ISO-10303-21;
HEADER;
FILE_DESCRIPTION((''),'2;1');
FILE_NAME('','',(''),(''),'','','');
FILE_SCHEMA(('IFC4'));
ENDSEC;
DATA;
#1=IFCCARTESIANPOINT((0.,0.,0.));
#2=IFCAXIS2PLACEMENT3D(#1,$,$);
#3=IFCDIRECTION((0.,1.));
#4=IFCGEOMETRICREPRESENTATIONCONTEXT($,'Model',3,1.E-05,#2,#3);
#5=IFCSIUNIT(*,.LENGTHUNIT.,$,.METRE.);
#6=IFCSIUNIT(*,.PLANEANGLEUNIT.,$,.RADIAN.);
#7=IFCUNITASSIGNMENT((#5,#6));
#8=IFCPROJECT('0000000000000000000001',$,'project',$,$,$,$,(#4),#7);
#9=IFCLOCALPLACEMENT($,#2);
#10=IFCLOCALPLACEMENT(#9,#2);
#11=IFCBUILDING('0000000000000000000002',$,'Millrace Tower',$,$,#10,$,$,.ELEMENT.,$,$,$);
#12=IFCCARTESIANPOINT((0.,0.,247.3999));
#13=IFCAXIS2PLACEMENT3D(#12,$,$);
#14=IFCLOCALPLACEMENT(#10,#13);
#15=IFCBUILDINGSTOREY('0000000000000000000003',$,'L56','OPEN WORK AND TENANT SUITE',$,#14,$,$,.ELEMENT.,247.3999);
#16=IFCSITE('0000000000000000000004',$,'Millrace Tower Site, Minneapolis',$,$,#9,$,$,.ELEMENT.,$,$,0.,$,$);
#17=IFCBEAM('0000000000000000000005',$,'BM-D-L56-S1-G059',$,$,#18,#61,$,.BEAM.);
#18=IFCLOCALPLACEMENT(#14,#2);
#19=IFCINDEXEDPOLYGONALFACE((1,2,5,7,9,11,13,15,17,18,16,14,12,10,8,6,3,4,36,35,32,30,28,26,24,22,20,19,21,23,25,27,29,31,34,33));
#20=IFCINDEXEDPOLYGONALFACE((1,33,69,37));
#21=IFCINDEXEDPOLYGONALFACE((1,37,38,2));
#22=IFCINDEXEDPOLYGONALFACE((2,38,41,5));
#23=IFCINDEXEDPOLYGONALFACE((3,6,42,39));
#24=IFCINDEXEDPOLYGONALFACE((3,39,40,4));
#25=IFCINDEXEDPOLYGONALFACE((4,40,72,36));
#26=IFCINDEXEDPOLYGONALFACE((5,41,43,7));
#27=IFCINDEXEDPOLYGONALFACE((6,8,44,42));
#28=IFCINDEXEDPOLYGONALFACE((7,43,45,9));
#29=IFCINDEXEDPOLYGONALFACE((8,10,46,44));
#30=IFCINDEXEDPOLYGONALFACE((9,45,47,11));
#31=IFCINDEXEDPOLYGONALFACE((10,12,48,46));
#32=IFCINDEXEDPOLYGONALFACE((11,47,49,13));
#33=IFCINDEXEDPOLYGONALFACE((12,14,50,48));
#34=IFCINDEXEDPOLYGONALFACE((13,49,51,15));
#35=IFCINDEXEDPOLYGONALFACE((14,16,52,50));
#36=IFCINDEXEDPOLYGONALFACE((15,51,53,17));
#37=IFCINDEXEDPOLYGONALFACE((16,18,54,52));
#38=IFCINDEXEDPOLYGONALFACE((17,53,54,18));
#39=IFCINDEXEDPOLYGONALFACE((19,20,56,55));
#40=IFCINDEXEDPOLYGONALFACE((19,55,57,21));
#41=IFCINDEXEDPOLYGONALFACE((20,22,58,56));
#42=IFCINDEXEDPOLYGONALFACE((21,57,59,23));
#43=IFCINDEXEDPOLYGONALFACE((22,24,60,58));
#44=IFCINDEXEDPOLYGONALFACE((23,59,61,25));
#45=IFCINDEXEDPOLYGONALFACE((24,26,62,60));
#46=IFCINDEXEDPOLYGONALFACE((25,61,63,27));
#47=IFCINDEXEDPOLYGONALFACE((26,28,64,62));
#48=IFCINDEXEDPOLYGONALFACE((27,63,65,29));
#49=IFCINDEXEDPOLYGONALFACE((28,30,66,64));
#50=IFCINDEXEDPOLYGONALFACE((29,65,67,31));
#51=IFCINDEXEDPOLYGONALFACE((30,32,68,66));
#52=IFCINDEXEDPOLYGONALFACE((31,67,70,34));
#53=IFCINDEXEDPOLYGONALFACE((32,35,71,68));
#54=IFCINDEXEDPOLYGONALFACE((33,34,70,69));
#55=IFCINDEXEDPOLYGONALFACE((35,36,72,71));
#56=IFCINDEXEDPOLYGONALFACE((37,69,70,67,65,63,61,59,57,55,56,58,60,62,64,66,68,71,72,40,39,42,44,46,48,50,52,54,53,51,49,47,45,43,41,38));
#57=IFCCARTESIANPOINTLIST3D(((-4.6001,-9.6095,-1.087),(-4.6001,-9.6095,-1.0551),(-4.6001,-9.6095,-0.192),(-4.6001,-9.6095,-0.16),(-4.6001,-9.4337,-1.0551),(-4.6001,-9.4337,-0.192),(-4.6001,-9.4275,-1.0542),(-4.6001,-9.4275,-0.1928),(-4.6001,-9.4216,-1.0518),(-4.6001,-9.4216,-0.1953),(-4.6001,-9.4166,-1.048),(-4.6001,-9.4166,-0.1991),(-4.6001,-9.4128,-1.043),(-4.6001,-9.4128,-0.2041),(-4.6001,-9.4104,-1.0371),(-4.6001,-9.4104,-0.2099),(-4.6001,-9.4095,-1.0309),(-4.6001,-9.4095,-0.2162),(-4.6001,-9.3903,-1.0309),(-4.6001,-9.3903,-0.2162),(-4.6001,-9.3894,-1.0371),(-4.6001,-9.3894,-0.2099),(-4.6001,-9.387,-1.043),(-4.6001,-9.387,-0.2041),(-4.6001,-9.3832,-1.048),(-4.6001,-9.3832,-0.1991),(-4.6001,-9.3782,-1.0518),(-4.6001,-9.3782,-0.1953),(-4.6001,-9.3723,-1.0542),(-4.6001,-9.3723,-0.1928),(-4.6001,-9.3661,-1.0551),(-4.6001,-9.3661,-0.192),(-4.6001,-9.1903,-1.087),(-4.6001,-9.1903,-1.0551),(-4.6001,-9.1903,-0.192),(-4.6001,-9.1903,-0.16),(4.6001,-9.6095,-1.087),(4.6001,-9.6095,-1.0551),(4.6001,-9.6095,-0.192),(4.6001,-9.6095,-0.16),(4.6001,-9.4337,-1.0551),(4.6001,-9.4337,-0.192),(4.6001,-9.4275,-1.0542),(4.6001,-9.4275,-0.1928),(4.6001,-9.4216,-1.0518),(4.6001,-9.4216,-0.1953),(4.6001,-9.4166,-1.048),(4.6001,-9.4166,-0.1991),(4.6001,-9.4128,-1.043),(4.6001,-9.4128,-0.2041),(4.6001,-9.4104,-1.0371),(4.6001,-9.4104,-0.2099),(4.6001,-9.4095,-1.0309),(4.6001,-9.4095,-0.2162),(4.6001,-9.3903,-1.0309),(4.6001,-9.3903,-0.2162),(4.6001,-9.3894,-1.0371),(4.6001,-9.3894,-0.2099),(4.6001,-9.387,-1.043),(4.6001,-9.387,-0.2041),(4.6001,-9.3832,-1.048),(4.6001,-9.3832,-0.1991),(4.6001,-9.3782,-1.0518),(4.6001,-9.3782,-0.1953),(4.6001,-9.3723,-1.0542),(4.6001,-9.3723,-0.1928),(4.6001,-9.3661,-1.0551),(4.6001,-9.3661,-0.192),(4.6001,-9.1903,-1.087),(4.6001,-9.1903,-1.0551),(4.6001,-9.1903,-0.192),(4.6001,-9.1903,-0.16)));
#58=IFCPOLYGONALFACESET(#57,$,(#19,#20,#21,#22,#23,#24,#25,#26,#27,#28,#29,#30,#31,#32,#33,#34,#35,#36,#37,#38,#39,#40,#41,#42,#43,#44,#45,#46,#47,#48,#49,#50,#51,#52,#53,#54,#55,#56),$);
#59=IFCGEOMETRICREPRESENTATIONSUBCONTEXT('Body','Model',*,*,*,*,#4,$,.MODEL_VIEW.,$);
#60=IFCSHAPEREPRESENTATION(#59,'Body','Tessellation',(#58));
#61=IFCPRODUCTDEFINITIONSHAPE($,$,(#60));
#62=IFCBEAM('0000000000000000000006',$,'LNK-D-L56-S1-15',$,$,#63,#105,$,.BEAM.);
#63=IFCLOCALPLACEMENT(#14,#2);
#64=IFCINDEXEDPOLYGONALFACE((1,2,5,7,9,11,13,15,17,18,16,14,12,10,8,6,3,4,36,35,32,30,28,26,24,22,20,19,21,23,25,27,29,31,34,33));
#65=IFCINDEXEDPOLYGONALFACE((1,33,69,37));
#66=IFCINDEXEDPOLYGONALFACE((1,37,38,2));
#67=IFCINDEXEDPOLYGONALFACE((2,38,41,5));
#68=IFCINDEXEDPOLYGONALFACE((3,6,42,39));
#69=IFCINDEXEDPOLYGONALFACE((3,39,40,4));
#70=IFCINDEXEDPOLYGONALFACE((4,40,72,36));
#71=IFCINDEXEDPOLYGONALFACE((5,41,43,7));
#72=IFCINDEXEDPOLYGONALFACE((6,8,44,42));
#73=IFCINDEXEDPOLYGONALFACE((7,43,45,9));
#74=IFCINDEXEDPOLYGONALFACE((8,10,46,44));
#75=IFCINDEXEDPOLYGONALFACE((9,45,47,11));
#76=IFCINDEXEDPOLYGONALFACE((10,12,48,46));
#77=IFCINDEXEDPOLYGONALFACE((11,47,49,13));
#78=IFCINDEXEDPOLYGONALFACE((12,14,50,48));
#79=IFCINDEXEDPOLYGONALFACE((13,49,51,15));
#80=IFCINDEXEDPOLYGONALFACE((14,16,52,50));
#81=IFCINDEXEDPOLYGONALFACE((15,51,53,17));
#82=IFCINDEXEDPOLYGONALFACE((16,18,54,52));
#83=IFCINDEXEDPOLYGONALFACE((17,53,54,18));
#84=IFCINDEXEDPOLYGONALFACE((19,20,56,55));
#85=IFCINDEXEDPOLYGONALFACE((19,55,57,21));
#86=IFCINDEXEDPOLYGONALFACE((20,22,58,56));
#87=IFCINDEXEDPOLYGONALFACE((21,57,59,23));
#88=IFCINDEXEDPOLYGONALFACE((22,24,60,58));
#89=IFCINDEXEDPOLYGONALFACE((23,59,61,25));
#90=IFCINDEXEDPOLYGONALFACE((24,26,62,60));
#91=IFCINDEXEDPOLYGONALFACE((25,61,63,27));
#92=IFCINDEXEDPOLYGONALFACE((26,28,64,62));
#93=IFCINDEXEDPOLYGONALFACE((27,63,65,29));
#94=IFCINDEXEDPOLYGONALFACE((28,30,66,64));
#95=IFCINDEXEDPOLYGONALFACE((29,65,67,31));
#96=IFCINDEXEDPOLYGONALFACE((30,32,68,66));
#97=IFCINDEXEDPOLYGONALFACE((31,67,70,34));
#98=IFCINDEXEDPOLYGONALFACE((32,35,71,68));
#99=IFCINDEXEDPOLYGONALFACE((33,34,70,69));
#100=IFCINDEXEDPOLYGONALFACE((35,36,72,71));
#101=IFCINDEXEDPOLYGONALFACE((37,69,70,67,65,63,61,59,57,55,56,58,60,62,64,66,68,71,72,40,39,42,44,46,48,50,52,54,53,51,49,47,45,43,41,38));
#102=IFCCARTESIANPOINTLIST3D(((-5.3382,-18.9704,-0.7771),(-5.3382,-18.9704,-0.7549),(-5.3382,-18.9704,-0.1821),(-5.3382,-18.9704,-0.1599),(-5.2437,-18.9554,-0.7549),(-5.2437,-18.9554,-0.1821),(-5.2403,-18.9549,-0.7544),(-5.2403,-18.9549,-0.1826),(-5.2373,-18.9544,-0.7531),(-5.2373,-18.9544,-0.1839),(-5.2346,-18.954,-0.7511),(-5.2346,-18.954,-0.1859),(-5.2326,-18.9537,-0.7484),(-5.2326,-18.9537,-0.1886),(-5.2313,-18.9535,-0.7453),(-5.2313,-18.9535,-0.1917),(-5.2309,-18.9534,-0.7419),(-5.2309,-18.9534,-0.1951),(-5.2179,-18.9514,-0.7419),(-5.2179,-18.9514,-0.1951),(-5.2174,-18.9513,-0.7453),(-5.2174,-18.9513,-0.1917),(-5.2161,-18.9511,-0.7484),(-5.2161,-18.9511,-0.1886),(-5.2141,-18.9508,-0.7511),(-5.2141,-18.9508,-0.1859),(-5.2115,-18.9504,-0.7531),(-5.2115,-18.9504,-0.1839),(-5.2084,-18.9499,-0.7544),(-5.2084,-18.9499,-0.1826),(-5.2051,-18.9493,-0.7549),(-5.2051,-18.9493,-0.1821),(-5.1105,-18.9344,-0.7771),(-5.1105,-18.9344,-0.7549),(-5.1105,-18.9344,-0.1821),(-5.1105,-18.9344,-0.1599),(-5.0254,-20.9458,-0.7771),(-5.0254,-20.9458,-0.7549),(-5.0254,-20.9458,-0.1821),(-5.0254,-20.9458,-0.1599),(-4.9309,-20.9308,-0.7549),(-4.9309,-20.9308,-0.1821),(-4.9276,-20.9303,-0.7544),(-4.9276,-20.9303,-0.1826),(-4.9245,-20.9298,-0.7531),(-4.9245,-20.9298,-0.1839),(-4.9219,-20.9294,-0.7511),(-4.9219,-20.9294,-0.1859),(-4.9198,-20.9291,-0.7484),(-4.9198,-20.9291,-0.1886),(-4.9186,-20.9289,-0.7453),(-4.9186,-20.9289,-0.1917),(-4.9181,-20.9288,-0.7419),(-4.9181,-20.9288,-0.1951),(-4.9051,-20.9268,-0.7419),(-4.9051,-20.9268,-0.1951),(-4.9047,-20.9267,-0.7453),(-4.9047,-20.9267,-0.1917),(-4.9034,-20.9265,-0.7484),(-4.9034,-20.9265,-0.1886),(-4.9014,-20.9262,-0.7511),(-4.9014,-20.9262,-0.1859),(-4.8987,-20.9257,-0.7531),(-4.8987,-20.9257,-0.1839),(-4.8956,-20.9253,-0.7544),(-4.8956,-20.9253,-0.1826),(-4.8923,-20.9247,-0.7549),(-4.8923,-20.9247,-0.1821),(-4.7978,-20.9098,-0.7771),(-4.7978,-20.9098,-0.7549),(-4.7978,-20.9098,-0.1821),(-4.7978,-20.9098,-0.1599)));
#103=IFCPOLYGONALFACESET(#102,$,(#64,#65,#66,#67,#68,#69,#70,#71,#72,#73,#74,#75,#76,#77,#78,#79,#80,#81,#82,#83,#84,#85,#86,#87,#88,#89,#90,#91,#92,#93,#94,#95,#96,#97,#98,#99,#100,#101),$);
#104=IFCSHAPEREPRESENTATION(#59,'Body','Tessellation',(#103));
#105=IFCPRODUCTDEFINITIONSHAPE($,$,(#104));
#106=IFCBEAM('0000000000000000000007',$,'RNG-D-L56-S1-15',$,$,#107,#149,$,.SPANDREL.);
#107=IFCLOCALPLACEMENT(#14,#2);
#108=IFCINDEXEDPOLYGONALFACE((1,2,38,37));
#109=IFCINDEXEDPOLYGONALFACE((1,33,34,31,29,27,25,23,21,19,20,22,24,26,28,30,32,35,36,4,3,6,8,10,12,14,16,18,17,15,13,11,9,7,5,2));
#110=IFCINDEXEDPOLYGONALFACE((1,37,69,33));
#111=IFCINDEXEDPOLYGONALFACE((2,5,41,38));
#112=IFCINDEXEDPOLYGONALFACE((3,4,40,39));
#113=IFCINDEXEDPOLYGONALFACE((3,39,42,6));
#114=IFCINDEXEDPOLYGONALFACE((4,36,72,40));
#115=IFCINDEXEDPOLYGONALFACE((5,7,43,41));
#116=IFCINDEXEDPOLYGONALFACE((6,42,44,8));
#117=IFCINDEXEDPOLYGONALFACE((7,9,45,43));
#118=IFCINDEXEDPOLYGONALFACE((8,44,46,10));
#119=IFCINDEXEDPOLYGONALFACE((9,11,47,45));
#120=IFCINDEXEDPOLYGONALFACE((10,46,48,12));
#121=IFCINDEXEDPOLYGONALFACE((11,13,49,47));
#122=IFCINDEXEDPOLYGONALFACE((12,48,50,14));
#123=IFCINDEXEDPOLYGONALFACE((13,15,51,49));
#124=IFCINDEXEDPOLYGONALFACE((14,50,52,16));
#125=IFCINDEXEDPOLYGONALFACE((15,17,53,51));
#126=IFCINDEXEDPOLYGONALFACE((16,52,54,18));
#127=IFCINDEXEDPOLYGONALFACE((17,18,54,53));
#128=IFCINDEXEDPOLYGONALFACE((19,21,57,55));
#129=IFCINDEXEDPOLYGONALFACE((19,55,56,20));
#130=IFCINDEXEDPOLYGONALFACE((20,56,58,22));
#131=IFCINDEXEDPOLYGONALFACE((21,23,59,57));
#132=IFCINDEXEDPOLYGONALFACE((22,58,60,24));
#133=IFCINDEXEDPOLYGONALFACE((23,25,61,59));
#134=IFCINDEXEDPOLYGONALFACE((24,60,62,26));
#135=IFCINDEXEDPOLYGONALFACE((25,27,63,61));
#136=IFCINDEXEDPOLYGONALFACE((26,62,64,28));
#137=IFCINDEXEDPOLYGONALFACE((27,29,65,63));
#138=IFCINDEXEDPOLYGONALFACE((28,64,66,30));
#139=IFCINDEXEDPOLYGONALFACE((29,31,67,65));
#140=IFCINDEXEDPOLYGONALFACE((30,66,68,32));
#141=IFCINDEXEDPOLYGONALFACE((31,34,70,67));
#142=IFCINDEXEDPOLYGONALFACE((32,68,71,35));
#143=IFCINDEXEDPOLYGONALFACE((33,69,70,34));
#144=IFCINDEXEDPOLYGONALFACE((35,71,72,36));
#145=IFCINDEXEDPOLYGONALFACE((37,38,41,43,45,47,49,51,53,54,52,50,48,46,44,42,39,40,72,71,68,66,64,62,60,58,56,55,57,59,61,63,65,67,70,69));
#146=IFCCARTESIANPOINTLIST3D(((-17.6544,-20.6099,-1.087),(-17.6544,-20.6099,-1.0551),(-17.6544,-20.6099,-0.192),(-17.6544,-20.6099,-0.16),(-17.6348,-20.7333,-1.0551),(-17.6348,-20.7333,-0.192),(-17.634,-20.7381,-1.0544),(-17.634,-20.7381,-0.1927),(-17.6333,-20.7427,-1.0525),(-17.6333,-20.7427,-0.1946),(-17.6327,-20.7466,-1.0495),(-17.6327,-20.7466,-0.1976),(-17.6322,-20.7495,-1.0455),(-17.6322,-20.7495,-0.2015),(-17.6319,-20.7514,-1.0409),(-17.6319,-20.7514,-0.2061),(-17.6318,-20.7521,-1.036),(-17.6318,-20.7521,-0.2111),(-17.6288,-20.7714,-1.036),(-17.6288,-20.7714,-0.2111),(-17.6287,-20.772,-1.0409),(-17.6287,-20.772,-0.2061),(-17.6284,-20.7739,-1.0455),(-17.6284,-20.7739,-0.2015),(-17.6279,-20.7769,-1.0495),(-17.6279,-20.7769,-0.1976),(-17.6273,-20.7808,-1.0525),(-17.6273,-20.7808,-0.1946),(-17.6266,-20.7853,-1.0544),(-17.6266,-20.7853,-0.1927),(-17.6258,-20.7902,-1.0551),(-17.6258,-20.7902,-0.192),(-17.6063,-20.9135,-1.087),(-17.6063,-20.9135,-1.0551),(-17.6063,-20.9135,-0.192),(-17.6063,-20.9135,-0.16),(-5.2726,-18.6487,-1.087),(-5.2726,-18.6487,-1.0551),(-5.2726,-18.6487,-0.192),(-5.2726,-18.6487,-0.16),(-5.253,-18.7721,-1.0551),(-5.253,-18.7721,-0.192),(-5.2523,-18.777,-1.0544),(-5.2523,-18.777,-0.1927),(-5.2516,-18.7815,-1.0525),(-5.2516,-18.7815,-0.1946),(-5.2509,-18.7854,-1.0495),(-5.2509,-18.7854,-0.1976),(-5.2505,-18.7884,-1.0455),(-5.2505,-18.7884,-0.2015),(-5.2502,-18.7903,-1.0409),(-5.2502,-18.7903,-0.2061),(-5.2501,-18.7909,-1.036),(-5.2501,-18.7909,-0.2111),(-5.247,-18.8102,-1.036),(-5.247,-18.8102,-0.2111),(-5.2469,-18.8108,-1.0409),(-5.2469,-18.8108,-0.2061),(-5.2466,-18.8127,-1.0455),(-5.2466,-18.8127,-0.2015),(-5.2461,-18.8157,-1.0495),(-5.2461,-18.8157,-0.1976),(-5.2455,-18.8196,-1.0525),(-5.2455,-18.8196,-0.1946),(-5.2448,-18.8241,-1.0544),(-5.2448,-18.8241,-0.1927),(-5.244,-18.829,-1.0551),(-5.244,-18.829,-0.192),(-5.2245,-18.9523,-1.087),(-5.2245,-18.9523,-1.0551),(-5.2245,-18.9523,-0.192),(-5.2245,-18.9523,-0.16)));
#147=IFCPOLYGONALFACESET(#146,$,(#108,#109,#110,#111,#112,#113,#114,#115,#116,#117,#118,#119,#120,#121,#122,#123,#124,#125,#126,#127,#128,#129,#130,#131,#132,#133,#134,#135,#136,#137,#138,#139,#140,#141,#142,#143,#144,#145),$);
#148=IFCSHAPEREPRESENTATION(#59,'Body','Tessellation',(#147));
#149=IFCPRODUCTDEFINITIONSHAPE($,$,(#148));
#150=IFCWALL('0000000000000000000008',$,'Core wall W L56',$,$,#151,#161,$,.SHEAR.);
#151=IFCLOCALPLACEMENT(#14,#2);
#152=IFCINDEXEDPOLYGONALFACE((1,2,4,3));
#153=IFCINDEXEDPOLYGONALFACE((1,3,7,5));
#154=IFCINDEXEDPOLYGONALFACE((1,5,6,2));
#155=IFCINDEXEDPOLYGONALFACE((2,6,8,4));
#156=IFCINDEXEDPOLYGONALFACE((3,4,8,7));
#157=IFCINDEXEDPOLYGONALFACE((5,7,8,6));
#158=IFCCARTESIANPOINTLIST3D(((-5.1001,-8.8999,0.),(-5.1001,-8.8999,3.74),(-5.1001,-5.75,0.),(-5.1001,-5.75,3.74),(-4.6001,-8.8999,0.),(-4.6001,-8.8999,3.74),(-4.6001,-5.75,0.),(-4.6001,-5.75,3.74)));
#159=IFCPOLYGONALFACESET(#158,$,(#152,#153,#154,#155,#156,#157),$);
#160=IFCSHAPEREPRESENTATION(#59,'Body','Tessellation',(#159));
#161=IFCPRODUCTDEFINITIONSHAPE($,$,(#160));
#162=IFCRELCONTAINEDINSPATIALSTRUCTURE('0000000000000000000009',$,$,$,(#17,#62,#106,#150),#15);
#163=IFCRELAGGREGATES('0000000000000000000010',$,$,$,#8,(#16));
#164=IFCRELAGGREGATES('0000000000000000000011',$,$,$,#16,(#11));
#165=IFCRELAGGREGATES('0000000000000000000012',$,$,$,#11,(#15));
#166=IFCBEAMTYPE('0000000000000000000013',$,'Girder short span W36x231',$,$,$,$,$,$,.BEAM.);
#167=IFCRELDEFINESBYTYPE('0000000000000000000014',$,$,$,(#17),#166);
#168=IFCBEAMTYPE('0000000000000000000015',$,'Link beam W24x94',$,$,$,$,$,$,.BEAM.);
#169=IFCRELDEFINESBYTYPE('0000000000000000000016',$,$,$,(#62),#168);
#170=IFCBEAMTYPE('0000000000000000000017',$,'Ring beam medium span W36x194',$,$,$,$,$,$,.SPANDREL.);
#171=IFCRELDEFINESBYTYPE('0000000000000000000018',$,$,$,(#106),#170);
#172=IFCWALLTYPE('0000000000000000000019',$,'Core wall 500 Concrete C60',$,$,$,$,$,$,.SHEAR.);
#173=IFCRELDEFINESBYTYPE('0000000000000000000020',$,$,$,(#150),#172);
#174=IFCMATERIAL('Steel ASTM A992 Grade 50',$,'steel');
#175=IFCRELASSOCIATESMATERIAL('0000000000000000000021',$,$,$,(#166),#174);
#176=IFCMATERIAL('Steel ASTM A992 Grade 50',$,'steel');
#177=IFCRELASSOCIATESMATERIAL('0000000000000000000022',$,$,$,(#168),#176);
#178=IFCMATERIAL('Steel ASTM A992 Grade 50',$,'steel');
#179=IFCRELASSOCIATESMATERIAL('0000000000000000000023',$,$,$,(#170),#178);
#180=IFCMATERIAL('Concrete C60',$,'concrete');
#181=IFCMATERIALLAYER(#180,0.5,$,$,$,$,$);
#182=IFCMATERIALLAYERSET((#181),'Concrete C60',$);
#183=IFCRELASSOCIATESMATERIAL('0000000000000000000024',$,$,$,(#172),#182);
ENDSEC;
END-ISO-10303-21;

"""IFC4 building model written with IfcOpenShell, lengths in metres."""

from ifc_helpers import new_model, si_unit, direction, frame, frame_2d, origin, origin_2d, place, context, subcontext, project, spatial, rectangle, i_section, extrude, material, layer, layer_set, material_profile, profile_set, type_object, element, save


model = new_model("IFC4")

# Units and contexts
model_context = context("Model", 3, precision=1e-05, world=origin(), true_north=direction((0.0, 1.0)))
body_context = subcontext(model_context, "Body", "Model", "MODEL_VIEW")
ifc_project = project(units=[si_unit("LENGTHUNIT", "METRE"), si_unit("PLANEANGLEUNIT", "RADIAN")], contexts=[model_context])

# Site, building, storey
site_placement = place(None, origin())
site = spatial("IfcSite", under=ifc_project, at=site_placement, Name="Millrace Tower Site, Minneapolis", CompositionType="ELEMENT", RefElevation=0.0)
building_placement = place(site_placement, origin())
building = spatial("IfcBuilding", under=site, at=building_placement, Name="Millrace Tower", CompositionType="ELEMENT")
storey_placement = place(building_placement, frame((0.0, 0.0, 247.3999)))
storey = spatial("IfcBuildingStorey", under=building, at=storey_placement, Name="L56", Description="OPEN WORK AND TENANT SUITE", CompositionType="ELEMENT", Elevation=247.3999)

# Beams
ifc_material_1 = material(Name="Steel ASTM A992 Grade 50", Category="steel")
ifc_material_profile_1 = material_profile(ifc_material_1, i_section(OverallWidth=0.4192, OverallDepth=0.927, WebThickness=0.0193, FlangeThickness=0.032, FilletRadius=0.0242, at=origin_2d()))
ifc_profile_set_1 = profile_set([ifc_material_profile_1], Name="Steel ASTM A992 Grade 50")
beam_type_1 = type_object("IfcBeamType", Name="Girder short span W36x231", PredefinedType="BEAM", material=ifc_profile_set_1)
beam_1_placement = place(storey_placement, frame((-4.6001, -9.3999, -0.6235), z_axis=(1.0, 0.0, 0.0), x_axis=(0.0, 1.0, 0.0)))
element("IfcBeam", 1, at=beam_1_placement, inside=storey, type_object=beam_type_1, Name="BM-D-L56-S1-G059", PredefinedType="BEAM", context=body_context, shape_type="SweptSolid", body=[
    extrude(i_section(OverallWidth=0.4192, OverallDepth=0.927, WebThickness=0.0193, FlangeThickness=0.032, FilletRadius=0.0242, at=origin_2d()), origin(), (0.0, 0.0, 1.0), 9.2002),
])
ifc_material_2 = material(Name="Steel ASTM A992 Grade 50", Category="steel")
ifc_material_profile_2 = material_profile(ifc_material_2, i_section(OverallWidth=0.2305, OverallDepth=0.6172, WebThickness=0.0132, FlangeThickness=0.0222, FilletRadius=0.0129, at=origin_2d()))
ifc_profile_set_2 = profile_set([ifc_material_profile_2], Name="Steel ASTM A992 Grade 50")
beam_type_2 = type_object("IfcBeamType", Name="Link beam W24x94", PredefinedType="BEAM", material=ifc_profile_set_2)
beam_2_placement = place(storey_placement, frame((-5.2244, -18.9524, -0.4685), z_axis=(0.156376, -0.987698, 0.0), x_axis=(0.987698, 0.156376, 0.0)))
element("IfcBeam", 2, at=beam_2_placement, inside=storey, type_object=beam_type_2, Name="LNK-D-L56-S1-15", PredefinedType="BEAM", context=body_context, shape_type="SweptSolid", body=[
    extrude(i_section(OverallWidth=0.2305, OverallDepth=0.6172, WebThickness=0.0132, FlangeThickness=0.0222, FilletRadius=0.0129, at=origin_2d()), origin(), (0.0, 0.0, 1.0), 2.0),
])
ifc_material_3 = material(Name="Steel ASTM A992 Grade 50", Category="steel")
ifc_material_profile_3 = material_profile(ifc_material_3, i_section(OverallWidth=0.3074, OverallDepth=0.927, WebThickness=0.0195, FlangeThickness=0.032, FilletRadius=0.019, at=origin_2d()))
ifc_profile_set_3 = profile_set([ifc_material_profile_3], Name="Steel ASTM A992 Grade 50")
beam_type_3 = type_object("IfcBeamType", Name="Ring beam medium span W36x194", PredefinedType="SPANDREL", material=ifc_profile_set_3)
beam_3_placement = place(storey_placement, frame((-5.2485, -18.8005, -0.6235), z_axis=(-0.987687, -0.156442, 0.0), x_axis=(0.156442, -0.987687, 0.0)))
element("IfcBeam", 3, at=beam_3_placement, inside=storey, type_object=beam_type_3, Name="RNG-D-L56-S1-15", PredefinedType="SPANDREL", context=body_context, shape_type="SweptSolid", body=[
    extrude(i_section(OverallWidth=0.3074, OverallDepth=0.927, WebThickness=0.0195, FlangeThickness=0.032, FilletRadius=0.019, at=origin_2d()), origin(), (0.0, 0.0, 1.0), 12.5361),
])

# Wall
ifc_material_4 = material(Name="Concrete C60", Category="concrete")
ifc_layer_1 = layer(ifc_material_4, 0.5)
ifc_layer_set_1 = layer_set([ifc_layer_1], Name="Concrete C60")
wall_type_1 = type_object("IfcWallType", Name="Core wall 500 Concrete C60", PredefinedType="SHEAR", material=ifc_layer_set_1)
wall_1_placement = place(storey_placement, frame((-4.8501, -8.8999, 0.0), z_axis=(0.0, 0.0, 1.0), x_axis=(0.0, 1.0, 0.0)))
element("IfcWall", 4, at=wall_1_placement, inside=storey, type_object=wall_type_1, Name="Core wall W L56", PredefinedType="SHEAR", context=body_context, shape_type="SweptSolid", body=[
    extrude(rectangle(XDim=3.1499, YDim=0.5, at=frame_2d((1.575, 0.0))), origin(), (0.0, 0.0, 1.0), 3.74),
])

save(model, "model.ifc")
